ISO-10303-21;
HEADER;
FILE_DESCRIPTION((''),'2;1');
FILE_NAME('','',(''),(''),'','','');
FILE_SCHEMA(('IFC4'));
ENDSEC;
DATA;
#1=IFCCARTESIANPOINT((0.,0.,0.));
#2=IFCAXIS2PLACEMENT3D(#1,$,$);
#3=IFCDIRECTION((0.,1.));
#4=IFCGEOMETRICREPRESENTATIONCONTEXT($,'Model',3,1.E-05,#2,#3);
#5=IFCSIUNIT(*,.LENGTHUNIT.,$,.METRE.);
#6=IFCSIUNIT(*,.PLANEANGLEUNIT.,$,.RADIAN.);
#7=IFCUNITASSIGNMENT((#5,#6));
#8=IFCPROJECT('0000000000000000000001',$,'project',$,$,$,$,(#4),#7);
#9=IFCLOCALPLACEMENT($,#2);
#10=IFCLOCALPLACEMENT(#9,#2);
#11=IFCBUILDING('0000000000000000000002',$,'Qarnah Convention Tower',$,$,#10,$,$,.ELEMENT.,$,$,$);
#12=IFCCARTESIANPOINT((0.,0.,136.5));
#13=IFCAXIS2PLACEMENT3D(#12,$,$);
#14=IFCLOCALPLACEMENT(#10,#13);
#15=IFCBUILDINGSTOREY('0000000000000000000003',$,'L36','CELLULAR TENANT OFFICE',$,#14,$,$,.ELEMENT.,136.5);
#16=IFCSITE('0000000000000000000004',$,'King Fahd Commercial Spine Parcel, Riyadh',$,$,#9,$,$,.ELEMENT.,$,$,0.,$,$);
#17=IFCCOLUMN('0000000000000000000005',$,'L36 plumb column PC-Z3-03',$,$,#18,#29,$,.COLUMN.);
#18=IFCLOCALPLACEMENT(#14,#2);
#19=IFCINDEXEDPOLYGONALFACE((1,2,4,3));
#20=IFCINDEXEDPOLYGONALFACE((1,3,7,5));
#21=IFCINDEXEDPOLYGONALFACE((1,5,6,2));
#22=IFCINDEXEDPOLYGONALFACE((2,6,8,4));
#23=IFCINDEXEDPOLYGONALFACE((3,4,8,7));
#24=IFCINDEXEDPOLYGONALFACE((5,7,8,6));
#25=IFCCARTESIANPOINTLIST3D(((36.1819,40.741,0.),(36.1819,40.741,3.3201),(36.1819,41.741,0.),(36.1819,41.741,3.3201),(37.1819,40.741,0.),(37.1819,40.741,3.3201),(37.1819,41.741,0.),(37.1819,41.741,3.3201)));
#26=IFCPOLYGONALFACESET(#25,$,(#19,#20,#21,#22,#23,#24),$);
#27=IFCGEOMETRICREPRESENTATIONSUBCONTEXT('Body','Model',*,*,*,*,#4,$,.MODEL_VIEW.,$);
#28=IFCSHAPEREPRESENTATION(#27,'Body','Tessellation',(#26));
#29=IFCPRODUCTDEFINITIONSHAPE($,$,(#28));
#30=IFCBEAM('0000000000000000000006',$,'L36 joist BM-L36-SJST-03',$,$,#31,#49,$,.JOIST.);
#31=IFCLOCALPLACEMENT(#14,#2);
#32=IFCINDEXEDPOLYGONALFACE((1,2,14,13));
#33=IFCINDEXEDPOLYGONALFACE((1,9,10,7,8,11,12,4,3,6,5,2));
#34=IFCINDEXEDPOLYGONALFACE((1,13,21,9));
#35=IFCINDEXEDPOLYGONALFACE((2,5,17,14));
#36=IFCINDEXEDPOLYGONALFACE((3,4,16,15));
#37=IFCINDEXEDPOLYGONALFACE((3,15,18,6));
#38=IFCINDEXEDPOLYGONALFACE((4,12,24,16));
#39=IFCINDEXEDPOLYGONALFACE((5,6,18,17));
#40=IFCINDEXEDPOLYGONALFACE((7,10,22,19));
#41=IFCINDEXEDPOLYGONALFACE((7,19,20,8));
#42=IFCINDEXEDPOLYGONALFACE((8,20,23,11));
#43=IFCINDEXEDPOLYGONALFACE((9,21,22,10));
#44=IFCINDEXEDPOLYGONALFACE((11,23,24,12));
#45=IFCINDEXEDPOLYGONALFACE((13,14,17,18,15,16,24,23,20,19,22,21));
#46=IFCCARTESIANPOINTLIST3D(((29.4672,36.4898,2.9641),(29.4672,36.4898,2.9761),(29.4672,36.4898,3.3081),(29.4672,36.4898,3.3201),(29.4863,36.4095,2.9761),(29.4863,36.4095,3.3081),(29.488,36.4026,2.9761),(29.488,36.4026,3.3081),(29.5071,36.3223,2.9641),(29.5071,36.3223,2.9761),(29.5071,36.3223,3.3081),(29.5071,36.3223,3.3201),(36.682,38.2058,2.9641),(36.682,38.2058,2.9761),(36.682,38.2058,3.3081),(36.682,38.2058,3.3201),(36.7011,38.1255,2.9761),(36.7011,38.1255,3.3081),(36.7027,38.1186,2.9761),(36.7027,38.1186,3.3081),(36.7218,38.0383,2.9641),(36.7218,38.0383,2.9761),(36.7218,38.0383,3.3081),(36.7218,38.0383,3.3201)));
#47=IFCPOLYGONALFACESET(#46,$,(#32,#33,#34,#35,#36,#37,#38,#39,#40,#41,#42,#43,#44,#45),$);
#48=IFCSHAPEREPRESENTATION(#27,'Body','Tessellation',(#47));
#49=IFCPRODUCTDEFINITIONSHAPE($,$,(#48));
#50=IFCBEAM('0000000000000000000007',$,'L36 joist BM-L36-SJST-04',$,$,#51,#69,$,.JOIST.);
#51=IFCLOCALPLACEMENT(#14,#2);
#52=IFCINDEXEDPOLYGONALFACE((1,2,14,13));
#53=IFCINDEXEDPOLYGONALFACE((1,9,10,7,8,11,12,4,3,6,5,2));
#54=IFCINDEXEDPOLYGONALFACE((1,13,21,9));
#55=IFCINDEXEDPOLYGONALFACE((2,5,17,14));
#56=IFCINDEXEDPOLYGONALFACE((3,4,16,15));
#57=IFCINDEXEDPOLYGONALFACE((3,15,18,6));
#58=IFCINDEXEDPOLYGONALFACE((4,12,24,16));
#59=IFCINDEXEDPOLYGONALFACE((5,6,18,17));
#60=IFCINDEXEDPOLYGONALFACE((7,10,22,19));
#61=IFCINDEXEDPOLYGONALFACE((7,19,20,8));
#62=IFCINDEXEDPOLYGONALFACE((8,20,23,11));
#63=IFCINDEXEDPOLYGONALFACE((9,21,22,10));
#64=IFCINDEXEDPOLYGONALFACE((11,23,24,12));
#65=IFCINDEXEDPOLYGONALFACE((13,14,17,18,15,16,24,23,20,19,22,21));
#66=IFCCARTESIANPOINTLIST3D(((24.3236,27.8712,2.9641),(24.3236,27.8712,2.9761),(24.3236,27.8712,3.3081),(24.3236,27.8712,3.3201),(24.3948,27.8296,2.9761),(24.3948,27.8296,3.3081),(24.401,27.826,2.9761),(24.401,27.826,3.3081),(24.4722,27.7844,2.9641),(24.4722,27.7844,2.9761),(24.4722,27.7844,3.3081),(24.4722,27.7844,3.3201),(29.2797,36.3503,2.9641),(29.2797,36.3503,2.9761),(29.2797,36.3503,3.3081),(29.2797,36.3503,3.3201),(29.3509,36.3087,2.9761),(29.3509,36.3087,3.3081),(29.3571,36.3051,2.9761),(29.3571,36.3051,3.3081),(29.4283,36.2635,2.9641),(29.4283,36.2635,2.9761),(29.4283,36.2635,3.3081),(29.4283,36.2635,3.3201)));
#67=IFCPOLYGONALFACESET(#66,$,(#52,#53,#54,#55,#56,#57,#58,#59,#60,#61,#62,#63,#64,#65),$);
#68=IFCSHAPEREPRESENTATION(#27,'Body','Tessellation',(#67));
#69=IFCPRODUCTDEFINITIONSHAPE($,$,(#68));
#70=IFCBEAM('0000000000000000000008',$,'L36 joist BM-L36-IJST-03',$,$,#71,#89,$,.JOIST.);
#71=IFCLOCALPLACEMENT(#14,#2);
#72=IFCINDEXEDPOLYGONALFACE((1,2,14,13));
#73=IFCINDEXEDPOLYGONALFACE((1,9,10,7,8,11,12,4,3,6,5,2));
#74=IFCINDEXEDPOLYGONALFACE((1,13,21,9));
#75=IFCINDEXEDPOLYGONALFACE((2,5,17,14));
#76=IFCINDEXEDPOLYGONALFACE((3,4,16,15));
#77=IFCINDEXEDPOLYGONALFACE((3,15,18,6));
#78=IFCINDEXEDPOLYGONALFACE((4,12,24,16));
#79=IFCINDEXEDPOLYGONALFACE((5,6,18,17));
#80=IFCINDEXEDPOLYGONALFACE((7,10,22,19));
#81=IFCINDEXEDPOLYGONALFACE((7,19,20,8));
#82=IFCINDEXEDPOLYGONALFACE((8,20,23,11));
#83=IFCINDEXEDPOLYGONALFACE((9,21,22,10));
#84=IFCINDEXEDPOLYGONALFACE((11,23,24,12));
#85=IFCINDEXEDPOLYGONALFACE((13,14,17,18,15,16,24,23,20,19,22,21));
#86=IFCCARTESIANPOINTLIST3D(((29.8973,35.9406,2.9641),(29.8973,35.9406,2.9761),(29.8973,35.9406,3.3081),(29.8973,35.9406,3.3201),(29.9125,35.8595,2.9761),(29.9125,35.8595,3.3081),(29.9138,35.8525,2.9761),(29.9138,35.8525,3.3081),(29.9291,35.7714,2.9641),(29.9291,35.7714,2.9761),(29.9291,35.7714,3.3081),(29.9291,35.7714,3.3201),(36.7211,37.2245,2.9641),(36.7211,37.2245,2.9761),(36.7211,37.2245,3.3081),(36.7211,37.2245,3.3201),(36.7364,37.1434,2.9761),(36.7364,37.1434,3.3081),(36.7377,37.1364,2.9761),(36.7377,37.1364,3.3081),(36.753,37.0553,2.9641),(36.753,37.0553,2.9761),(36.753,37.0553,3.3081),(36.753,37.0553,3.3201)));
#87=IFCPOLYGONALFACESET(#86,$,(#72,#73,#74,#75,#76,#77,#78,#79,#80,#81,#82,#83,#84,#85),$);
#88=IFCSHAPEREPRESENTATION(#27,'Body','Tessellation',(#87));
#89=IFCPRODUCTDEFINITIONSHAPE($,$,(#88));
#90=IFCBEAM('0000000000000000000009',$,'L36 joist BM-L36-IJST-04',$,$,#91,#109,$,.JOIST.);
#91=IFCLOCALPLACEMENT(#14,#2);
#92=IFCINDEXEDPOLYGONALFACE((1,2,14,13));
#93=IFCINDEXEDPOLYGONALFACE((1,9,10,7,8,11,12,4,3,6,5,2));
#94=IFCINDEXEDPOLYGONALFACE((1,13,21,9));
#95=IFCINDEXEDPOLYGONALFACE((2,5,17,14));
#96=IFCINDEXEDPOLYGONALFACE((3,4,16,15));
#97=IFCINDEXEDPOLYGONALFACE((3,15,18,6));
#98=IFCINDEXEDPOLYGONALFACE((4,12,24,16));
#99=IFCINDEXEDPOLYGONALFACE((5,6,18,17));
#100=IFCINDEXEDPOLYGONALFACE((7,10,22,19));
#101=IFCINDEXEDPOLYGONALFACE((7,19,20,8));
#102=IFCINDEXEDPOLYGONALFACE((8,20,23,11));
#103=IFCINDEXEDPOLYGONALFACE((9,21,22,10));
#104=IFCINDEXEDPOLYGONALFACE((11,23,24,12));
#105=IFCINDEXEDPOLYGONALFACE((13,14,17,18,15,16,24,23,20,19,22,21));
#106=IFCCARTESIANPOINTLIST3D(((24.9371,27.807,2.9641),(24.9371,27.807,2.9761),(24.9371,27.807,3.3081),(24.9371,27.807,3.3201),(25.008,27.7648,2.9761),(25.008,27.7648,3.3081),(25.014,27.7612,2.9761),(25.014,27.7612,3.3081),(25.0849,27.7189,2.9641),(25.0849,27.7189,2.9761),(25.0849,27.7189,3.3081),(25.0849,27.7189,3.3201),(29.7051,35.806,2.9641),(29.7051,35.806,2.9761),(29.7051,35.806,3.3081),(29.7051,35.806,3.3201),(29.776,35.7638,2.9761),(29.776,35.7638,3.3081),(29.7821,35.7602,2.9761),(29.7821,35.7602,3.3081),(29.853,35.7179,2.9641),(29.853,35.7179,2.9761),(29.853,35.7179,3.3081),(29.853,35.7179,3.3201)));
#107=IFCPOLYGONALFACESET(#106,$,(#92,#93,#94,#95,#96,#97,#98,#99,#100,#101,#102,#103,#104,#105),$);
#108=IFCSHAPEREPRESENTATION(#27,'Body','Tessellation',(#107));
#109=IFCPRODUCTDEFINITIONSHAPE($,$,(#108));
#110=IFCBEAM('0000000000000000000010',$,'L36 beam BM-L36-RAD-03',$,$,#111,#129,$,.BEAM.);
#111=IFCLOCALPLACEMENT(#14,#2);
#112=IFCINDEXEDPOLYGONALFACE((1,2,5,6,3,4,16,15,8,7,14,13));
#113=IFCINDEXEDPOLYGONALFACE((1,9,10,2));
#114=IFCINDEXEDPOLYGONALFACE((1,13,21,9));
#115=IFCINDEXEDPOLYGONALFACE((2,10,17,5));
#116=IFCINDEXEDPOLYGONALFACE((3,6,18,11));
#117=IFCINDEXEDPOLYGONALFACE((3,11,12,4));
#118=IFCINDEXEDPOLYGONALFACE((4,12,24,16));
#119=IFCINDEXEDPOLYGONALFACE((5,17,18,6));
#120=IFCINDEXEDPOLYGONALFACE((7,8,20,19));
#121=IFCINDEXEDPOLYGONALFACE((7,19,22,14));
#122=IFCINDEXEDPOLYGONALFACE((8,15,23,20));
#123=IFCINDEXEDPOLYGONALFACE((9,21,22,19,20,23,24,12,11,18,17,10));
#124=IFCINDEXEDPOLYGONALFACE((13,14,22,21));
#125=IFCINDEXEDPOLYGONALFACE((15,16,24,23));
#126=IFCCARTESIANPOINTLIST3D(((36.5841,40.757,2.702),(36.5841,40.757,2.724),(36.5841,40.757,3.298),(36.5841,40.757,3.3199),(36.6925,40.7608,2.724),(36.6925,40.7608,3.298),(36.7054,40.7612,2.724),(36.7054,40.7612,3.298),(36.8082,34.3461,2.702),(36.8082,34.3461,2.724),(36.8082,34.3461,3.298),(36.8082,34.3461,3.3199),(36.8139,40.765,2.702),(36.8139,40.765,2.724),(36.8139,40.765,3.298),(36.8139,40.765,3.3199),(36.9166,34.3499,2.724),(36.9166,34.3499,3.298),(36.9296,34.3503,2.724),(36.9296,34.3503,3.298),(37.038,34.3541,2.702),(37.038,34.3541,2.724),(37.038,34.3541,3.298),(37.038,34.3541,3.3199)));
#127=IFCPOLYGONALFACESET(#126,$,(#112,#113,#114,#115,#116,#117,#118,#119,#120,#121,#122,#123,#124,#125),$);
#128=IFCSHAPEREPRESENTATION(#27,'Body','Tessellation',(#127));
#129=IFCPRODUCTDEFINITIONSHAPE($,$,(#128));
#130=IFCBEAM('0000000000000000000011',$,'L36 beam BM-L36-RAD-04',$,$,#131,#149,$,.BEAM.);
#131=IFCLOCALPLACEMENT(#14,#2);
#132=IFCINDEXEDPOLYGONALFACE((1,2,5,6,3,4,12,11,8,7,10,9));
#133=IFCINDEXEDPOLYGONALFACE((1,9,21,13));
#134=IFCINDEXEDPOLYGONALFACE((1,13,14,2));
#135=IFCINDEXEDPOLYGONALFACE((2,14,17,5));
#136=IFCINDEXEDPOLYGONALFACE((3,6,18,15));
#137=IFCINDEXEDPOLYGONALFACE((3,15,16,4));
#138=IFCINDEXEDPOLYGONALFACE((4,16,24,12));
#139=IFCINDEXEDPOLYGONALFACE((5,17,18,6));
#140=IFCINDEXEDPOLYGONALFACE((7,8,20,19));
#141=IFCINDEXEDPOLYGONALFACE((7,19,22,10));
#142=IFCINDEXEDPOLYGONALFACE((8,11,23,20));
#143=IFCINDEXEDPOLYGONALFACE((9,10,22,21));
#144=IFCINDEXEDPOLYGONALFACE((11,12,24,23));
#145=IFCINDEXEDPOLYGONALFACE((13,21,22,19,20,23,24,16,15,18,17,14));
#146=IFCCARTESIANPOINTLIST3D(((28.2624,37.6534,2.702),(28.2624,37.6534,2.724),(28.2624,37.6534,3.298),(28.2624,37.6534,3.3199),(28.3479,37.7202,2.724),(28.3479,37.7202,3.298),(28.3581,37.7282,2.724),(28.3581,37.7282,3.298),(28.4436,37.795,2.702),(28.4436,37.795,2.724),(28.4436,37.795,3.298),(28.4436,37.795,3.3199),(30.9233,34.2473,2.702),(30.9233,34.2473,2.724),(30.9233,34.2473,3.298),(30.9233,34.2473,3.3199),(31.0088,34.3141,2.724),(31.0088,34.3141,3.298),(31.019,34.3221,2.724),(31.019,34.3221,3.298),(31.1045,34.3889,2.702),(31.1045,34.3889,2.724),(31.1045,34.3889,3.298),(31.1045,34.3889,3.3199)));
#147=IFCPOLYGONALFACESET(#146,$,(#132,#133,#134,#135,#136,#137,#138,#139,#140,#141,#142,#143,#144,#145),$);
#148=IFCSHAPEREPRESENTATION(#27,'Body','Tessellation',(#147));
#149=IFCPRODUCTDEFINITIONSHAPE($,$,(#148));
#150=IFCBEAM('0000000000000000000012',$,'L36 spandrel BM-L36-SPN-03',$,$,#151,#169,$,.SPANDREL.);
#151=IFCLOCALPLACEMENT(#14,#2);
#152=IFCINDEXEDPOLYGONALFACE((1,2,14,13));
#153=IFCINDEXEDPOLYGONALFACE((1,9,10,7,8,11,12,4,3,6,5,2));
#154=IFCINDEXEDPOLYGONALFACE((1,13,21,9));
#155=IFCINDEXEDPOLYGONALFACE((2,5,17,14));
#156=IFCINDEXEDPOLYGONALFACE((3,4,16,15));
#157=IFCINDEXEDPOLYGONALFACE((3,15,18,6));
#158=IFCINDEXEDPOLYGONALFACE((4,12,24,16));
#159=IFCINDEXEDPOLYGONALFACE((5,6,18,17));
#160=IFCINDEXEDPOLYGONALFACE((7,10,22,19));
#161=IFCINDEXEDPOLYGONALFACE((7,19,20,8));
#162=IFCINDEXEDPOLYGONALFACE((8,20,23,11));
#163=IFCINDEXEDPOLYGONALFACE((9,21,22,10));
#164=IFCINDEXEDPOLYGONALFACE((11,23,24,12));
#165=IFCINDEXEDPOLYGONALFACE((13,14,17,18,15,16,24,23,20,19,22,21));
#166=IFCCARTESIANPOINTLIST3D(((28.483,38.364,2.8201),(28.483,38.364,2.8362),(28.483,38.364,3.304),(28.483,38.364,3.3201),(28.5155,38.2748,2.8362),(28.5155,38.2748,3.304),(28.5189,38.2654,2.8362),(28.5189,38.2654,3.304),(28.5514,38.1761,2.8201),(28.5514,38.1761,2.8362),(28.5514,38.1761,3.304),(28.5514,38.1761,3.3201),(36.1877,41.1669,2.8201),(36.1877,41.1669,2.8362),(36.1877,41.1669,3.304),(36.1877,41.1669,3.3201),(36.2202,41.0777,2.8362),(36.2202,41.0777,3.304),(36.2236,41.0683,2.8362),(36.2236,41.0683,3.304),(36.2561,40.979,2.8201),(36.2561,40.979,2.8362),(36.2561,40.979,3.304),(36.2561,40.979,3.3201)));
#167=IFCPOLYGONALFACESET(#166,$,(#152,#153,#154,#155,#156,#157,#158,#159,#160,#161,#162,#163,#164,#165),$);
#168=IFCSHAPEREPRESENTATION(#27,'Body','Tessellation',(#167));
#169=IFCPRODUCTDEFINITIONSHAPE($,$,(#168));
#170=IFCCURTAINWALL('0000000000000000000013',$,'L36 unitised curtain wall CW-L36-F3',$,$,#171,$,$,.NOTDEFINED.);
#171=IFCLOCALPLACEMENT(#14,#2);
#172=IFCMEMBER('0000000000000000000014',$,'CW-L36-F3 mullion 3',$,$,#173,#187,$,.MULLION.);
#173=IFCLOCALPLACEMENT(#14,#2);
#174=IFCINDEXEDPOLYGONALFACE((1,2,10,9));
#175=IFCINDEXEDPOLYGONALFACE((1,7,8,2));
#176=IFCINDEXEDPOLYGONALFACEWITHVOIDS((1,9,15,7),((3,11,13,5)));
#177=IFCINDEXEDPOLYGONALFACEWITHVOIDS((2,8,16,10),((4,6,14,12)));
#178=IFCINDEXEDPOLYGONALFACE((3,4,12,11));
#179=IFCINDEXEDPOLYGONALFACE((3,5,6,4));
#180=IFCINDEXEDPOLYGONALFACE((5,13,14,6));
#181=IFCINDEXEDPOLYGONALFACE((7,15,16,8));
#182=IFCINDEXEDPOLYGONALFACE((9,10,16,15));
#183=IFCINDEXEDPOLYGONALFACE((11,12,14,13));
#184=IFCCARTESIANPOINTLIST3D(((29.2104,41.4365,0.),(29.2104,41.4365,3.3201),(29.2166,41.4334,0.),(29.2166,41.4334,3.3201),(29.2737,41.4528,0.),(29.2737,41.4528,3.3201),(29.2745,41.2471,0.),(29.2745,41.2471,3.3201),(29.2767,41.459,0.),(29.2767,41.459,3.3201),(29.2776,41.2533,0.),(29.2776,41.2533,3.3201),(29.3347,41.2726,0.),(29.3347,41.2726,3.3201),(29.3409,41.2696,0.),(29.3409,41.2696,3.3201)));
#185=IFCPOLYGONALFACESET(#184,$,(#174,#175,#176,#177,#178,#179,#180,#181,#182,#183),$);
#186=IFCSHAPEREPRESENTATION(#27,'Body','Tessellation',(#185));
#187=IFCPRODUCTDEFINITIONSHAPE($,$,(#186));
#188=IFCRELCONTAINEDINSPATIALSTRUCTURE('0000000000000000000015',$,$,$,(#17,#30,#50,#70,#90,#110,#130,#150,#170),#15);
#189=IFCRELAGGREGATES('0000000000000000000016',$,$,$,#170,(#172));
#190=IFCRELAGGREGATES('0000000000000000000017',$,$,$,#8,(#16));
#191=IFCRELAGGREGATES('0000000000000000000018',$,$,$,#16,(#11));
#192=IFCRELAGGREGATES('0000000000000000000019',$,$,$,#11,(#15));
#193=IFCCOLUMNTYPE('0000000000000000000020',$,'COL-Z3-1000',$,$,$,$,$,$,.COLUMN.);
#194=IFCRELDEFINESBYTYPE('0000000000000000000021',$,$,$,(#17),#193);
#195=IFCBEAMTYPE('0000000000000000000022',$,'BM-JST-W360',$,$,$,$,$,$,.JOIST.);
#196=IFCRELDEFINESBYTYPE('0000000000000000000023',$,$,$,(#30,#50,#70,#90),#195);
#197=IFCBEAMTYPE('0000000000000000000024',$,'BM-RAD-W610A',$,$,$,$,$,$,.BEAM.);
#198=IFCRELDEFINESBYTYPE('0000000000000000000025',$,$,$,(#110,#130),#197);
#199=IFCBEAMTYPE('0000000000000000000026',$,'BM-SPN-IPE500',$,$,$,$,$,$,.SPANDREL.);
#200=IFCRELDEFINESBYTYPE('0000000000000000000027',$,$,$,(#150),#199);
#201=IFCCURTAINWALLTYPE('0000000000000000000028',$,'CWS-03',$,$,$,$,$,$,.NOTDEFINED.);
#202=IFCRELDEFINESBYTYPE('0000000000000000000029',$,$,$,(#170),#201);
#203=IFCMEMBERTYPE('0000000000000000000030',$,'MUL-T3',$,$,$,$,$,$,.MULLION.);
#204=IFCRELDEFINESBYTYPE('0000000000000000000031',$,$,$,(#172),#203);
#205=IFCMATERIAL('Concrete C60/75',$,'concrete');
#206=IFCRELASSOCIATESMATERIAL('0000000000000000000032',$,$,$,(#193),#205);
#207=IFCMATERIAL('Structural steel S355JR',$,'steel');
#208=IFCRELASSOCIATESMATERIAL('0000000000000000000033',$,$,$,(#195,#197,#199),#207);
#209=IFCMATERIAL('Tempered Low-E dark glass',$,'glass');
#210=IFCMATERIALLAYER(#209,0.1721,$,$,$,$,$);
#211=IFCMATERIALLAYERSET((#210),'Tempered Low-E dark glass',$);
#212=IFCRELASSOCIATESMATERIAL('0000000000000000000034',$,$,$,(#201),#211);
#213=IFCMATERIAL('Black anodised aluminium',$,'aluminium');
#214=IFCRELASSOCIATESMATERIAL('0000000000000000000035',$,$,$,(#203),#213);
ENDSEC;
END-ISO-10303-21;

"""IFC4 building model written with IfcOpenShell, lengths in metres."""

from ifc_helpers import new_model, si_unit, direction, frame, origin, origin_2d, place, context, subcontext, project, spatial, rectangle, hollow_rectangle, i_section, extrude, material, layer, layer_set, material_profile, profile_set, type_object, element, aggregate, save


model = new_model("IFC4")

# Units and contexts
model_context = context("Model", 3, precision=1e-05, world=origin(), true_north=direction((0.0, 1.0)))
body_context = subcontext(model_context, "Body", "Model", "MODEL_VIEW")
ifc_project = project(units=[si_unit("LENGTHUNIT", "METRE"), si_unit("PLANEANGLEUNIT", "RADIAN")], contexts=[model_context])

# Site, building, storey
site_placement = place(None, origin())
site = spatial("IfcSite", under=ifc_project, at=site_placement, Name="King Fahd Commercial Spine Parcel, Riyadh", CompositionType="ELEMENT", RefElevation=0.0)
building_placement = place(site_placement, origin())
building = spatial("IfcBuilding", under=site, at=building_placement, Name="Qarnah Convention Tower", CompositionType="ELEMENT")
storey_placement = place(building_placement, frame((0.0, 0.0, 136.5)))
storey = spatial("IfcBuildingStorey", under=building, at=storey_placement, Name="L36", Description="CELLULAR TENANT OFFICE", CompositionType="ELEMENT", Elevation=136.5)

# Column
ifc_material_1 = material(Name="Concrete C60/75", Category="concrete")
ifc_material_profile_1 = material_profile(ifc_material_1, rectangle(XDim=1.0, YDim=1.0, at=origin_2d()), Name="RC-COL-1000X1000")
ifc_profile_set_1 = profile_set([ifc_material_profile_1], Name="Concrete C60/75")
column_type = type_object("IfcColumnType", Name="COL-Z3-1000", PredefinedType="COLUMN", material=ifc_profile_set_1)
column_placement = place(storey_placement, frame((36.6819, 41.241, 0.0), z_axis=(0.0, 0.0, 1.0), x_axis=(1.0, 0.0, 0.0)))
element("IfcColumn", 1, at=column_placement, inside=storey, type_object=column_type, Name="L36 plumb column PC-Z3-03", PredefinedType="COLUMN", context=body_context, shape_type="SweptSolid", body=[
    extrude(rectangle(XDim=1.0, YDim=1.0, at=origin_2d()), origin(), (0.0, 0.0, 1.0), 3.3201),
])

# Beams
ifc_material_2 = material(Name="Structural steel S355JR", Category="steel")
ifc_material_profile_2 = material_profile(ifc_material_2, i_section(OverallWidth=0.1721, OverallDepth=0.356, WebThickness=0.0071, FlangeThickness=0.012, at=origin_2d()), Name="W360X51")
ifc_profile_set_2 = profile_set([ifc_material_profile_2], Name="Structural steel S355JR")
beam_type_1 = type_object("IfcBeamType", Name="BM-JST-W360", PredefinedType="JOIST", material=ifc_profile_set_2)
beam_1_placement = place(storey_placement, frame((36.7019, 38.1221, 3.1421), z_axis=(-0.97286, -0.231397, 0.0), x_axis=(0.231397, -0.97286, 0.0)))
element("IfcBeam", 2, at=beam_1_placement, inside=storey, type_object=beam_type_1, Name="L36 joist BM-L36-SJST-03", PredefinedType="JOIST", context=body_context, shape_type="SweptSolid", body=[
    extrude(i_section(OverallWidth=0.1721, OverallDepth=0.356, WebThickness=0.0071, FlangeThickness=0.012, at=origin_2d()), origin(), (0.0, 0.0, 1.0), 7.416),
])
beam_2_placement = place(storey_placement, frame((29.354, 36.3069, 3.1421), z_axis=(-0.504628, -0.863337, 0.0), x_axis=(0.863337, -0.504628, 0.0)))
element("IfcBeam", 3, at=beam_2_placement, inside=storey, type_object=beam_type_1, Name="L36 joist BM-L36-SJST-04", PredefinedType="JOIST", context=body_context, shape_type="SweptSolid", body=[
    extrude(i_section(OverallWidth=0.1721, OverallDepth=0.356, WebThickness=0.0071, FlangeThickness=0.012, at=origin_2d()), origin(), (0.0, 0.0, 1.0), 9.8213),
])
beam_3_placement = place(storey_placement, frame((36.7371, 37.1399, 3.1421), z_axis=(-0.982756, -0.184906, 0.0), x_axis=(0.184906, -0.982756, 0.0)))
element("IfcBeam", 4, at=beam_3_placement, inside=storey, type_object=beam_type_1, Name="L36 joist BM-L36-IJST-03", PredefinedType="JOIST", context=body_context, shape_type="SweptSolid", body=[
    extrude(i_section(OverallWidth=0.1721, OverallDepth=0.356, WebThickness=0.0071, FlangeThickness=0.012, at=origin_2d()), origin(), (0.0, 0.0, 1.0), 6.9436),
])
beam_4_placement = place(storey_placement, frame((29.7791, 35.762, 3.1421), z_axis=(-0.512018, -0.858974, 0.0), x_axis=(0.858974, -0.512018, 0.0)))
element("IfcBeam", 5, at=beam_4_placement, inside=storey, type_object=beam_type_1, Name="L36 joist BM-L36-IJST-04", PredefinedType="JOIST", context=body_context, shape_type="SweptSolid", body=[
    extrude(i_section(OverallWidth=0.1721, OverallDepth=0.356, WebThickness=0.0071, FlangeThickness=0.012, at=origin_2d()), origin(), (0.0, 0.0, 1.0), 9.3123),
])
ifc_material_profile_3 = material_profile(ifc_material_2, i_section(OverallWidth=0.23, OverallDepth=0.6179, WebThickness=0.0129, FlangeThickness=0.022, at=origin_2d()), Name="W610X140")
ifc_profile_set_3 = profile_set([ifc_material_profile_3], Name="Structural steel S355JR")
beam_type_2 = type_object("IfcBeamType", Name="BM-RAD-W610A", PredefinedType="BEAM", material=ifc_profile_set_3)
beam_5_placement = place(storey_placement, frame((36.9231, 34.3501, 3.011), z_axis=(-0.034938, 0.999389, 0.0), x_axis=(-0.999389, -0.034938, 0.0)))
element("IfcBeam", 6, at=beam_5_placement, inside=storey, type_object=beam_type_2, Name="L36 beam BM-L36-RAD-03", PredefinedType="BEAM", context=body_context, shape_type="SweptSolid", body=[
    extrude(i_section(OverallWidth=0.23, OverallDepth=0.6179, WebThickness=0.0129, FlangeThickness=0.022, at=origin_2d()), origin(), (0.0, 0.0, 1.0), 6.4148),
])
beam_6_placement = place(storey_placement, frame((31.0139, 34.3181, 3.011), z_axis=(-0.615636, 0.78803, 0.0), x_axis=(-0.78803, -0.615636, 0.0)))
element("IfcBeam", 7, at=beam_6_placement, inside=storey, type_object=beam_type_2, Name="L36 beam BM-L36-RAD-04", PredefinedType="BEAM", context=body_context, shape_type="SweptSolid", body=[
    extrude(i_section(OverallWidth=0.23, OverallDepth=0.6179, WebThickness=0.0129, FlangeThickness=0.022, at=origin_2d()), origin(), (0.0, 0.0, 1.0), 4.3223),
])
ifc_material_profile_4 = material_profile(ifc_material_2, i_section(OverallWidth=0.2, OverallDepth=0.5, WebThickness=0.01, FlangeThickness=0.0161, at=origin_2d()), Name="IPE500")
ifc_profile_set_4 = profile_set([ifc_material_profile_4], Name="Structural steel S355JR")
beam_type_3 = type_object("IfcBeamType", Name="BM-SPN-IPE500", PredefinedType="SPANDREL", material=ifc_profile_set_4)
beam_7_placement = place(storey_placement, frame((36.2219, 41.073, 3.0701), z_axis=(-0.939746, -0.341875, 0.0), x_axis=(0.341875, -0.939746, 0.0)))
element("IfcBeam", 8, at=beam_7_placement, inside=storey, type_object=beam_type_3, Name="L36 spandrel BM-L36-SPN-03", PredefinedType="SPANDREL", context=body_context, shape_type="SweptSolid", body=[
    extrude(i_section(OverallWidth=0.2, OverallDepth=0.5, WebThickness=0.01, FlangeThickness=0.0161, at=origin_2d()), origin(), (0.0, 0.0, 1.0), 8.1987),
])

# Curtain wall, member
ifc_material_3 = material(Name="Tempered Low-E dark glass", Category="glass")
ifc_layer_1 = layer(ifc_material_3, 0.1721)
ifc_layer_set_1 = layer_set([ifc_layer_1], Name="Tempered Low-E dark glass")
curtain_wall_type = type_object("IfcCurtainWallType", Name="CWS-03", PredefinedType="NOTDEFINED", material=ifc_layer_set_1)
curtain_wall_placement = place(storey_placement, origin())
curtain_wall = element("IfcCurtainWall", 9, at=curtain_wall_placement, inside=storey, type_object=curtain_wall_type, Name="L36 unitised curtain wall CW-L36-F3", PredefinedType="NOTDEFINED")
ifc_material_4 = material(Name="Black anodised aluminium", Category="aluminium")
ifc_material_profile_5 = material_profile(ifc_material_4, hollow_rectangle(XDim=0.0701, YDim=0.2, WallThickness=0.0049, at=origin_2d()), Name="MUL-70X200")
ifc_profile_set_5 = profile_set([ifc_material_profile_5], Name="Black anodised aluminium")
member_type = type_object("IfcMemberType", Name="MUL-T3", PredefinedType="MULLION", material=ifc_profile_set_5)
member_1_placement = place(storey_placement, frame((29.2756, 41.353, 0.0), z_axis=(0.0, 0.0, 1.0), x_axis=(0.947093, 0.32096, 0.0)))
member_1 = element("IfcMember", 10, at=member_1_placement, type_object=member_type, Name="CW-L36-F3 mullion 3", PredefinedType="MULLION", context=body_context, shape_type="SweptSolid", body=[
    extrude(hollow_rectangle(XDim=0.0701, YDim=0.2, WallThickness=0.0049, at=origin_2d()), origin(), (0.0, 0.0, 1.0), 3.3201),
])
aggregate(curtain_wall, [member_1])

save(model, "model.ifc")
